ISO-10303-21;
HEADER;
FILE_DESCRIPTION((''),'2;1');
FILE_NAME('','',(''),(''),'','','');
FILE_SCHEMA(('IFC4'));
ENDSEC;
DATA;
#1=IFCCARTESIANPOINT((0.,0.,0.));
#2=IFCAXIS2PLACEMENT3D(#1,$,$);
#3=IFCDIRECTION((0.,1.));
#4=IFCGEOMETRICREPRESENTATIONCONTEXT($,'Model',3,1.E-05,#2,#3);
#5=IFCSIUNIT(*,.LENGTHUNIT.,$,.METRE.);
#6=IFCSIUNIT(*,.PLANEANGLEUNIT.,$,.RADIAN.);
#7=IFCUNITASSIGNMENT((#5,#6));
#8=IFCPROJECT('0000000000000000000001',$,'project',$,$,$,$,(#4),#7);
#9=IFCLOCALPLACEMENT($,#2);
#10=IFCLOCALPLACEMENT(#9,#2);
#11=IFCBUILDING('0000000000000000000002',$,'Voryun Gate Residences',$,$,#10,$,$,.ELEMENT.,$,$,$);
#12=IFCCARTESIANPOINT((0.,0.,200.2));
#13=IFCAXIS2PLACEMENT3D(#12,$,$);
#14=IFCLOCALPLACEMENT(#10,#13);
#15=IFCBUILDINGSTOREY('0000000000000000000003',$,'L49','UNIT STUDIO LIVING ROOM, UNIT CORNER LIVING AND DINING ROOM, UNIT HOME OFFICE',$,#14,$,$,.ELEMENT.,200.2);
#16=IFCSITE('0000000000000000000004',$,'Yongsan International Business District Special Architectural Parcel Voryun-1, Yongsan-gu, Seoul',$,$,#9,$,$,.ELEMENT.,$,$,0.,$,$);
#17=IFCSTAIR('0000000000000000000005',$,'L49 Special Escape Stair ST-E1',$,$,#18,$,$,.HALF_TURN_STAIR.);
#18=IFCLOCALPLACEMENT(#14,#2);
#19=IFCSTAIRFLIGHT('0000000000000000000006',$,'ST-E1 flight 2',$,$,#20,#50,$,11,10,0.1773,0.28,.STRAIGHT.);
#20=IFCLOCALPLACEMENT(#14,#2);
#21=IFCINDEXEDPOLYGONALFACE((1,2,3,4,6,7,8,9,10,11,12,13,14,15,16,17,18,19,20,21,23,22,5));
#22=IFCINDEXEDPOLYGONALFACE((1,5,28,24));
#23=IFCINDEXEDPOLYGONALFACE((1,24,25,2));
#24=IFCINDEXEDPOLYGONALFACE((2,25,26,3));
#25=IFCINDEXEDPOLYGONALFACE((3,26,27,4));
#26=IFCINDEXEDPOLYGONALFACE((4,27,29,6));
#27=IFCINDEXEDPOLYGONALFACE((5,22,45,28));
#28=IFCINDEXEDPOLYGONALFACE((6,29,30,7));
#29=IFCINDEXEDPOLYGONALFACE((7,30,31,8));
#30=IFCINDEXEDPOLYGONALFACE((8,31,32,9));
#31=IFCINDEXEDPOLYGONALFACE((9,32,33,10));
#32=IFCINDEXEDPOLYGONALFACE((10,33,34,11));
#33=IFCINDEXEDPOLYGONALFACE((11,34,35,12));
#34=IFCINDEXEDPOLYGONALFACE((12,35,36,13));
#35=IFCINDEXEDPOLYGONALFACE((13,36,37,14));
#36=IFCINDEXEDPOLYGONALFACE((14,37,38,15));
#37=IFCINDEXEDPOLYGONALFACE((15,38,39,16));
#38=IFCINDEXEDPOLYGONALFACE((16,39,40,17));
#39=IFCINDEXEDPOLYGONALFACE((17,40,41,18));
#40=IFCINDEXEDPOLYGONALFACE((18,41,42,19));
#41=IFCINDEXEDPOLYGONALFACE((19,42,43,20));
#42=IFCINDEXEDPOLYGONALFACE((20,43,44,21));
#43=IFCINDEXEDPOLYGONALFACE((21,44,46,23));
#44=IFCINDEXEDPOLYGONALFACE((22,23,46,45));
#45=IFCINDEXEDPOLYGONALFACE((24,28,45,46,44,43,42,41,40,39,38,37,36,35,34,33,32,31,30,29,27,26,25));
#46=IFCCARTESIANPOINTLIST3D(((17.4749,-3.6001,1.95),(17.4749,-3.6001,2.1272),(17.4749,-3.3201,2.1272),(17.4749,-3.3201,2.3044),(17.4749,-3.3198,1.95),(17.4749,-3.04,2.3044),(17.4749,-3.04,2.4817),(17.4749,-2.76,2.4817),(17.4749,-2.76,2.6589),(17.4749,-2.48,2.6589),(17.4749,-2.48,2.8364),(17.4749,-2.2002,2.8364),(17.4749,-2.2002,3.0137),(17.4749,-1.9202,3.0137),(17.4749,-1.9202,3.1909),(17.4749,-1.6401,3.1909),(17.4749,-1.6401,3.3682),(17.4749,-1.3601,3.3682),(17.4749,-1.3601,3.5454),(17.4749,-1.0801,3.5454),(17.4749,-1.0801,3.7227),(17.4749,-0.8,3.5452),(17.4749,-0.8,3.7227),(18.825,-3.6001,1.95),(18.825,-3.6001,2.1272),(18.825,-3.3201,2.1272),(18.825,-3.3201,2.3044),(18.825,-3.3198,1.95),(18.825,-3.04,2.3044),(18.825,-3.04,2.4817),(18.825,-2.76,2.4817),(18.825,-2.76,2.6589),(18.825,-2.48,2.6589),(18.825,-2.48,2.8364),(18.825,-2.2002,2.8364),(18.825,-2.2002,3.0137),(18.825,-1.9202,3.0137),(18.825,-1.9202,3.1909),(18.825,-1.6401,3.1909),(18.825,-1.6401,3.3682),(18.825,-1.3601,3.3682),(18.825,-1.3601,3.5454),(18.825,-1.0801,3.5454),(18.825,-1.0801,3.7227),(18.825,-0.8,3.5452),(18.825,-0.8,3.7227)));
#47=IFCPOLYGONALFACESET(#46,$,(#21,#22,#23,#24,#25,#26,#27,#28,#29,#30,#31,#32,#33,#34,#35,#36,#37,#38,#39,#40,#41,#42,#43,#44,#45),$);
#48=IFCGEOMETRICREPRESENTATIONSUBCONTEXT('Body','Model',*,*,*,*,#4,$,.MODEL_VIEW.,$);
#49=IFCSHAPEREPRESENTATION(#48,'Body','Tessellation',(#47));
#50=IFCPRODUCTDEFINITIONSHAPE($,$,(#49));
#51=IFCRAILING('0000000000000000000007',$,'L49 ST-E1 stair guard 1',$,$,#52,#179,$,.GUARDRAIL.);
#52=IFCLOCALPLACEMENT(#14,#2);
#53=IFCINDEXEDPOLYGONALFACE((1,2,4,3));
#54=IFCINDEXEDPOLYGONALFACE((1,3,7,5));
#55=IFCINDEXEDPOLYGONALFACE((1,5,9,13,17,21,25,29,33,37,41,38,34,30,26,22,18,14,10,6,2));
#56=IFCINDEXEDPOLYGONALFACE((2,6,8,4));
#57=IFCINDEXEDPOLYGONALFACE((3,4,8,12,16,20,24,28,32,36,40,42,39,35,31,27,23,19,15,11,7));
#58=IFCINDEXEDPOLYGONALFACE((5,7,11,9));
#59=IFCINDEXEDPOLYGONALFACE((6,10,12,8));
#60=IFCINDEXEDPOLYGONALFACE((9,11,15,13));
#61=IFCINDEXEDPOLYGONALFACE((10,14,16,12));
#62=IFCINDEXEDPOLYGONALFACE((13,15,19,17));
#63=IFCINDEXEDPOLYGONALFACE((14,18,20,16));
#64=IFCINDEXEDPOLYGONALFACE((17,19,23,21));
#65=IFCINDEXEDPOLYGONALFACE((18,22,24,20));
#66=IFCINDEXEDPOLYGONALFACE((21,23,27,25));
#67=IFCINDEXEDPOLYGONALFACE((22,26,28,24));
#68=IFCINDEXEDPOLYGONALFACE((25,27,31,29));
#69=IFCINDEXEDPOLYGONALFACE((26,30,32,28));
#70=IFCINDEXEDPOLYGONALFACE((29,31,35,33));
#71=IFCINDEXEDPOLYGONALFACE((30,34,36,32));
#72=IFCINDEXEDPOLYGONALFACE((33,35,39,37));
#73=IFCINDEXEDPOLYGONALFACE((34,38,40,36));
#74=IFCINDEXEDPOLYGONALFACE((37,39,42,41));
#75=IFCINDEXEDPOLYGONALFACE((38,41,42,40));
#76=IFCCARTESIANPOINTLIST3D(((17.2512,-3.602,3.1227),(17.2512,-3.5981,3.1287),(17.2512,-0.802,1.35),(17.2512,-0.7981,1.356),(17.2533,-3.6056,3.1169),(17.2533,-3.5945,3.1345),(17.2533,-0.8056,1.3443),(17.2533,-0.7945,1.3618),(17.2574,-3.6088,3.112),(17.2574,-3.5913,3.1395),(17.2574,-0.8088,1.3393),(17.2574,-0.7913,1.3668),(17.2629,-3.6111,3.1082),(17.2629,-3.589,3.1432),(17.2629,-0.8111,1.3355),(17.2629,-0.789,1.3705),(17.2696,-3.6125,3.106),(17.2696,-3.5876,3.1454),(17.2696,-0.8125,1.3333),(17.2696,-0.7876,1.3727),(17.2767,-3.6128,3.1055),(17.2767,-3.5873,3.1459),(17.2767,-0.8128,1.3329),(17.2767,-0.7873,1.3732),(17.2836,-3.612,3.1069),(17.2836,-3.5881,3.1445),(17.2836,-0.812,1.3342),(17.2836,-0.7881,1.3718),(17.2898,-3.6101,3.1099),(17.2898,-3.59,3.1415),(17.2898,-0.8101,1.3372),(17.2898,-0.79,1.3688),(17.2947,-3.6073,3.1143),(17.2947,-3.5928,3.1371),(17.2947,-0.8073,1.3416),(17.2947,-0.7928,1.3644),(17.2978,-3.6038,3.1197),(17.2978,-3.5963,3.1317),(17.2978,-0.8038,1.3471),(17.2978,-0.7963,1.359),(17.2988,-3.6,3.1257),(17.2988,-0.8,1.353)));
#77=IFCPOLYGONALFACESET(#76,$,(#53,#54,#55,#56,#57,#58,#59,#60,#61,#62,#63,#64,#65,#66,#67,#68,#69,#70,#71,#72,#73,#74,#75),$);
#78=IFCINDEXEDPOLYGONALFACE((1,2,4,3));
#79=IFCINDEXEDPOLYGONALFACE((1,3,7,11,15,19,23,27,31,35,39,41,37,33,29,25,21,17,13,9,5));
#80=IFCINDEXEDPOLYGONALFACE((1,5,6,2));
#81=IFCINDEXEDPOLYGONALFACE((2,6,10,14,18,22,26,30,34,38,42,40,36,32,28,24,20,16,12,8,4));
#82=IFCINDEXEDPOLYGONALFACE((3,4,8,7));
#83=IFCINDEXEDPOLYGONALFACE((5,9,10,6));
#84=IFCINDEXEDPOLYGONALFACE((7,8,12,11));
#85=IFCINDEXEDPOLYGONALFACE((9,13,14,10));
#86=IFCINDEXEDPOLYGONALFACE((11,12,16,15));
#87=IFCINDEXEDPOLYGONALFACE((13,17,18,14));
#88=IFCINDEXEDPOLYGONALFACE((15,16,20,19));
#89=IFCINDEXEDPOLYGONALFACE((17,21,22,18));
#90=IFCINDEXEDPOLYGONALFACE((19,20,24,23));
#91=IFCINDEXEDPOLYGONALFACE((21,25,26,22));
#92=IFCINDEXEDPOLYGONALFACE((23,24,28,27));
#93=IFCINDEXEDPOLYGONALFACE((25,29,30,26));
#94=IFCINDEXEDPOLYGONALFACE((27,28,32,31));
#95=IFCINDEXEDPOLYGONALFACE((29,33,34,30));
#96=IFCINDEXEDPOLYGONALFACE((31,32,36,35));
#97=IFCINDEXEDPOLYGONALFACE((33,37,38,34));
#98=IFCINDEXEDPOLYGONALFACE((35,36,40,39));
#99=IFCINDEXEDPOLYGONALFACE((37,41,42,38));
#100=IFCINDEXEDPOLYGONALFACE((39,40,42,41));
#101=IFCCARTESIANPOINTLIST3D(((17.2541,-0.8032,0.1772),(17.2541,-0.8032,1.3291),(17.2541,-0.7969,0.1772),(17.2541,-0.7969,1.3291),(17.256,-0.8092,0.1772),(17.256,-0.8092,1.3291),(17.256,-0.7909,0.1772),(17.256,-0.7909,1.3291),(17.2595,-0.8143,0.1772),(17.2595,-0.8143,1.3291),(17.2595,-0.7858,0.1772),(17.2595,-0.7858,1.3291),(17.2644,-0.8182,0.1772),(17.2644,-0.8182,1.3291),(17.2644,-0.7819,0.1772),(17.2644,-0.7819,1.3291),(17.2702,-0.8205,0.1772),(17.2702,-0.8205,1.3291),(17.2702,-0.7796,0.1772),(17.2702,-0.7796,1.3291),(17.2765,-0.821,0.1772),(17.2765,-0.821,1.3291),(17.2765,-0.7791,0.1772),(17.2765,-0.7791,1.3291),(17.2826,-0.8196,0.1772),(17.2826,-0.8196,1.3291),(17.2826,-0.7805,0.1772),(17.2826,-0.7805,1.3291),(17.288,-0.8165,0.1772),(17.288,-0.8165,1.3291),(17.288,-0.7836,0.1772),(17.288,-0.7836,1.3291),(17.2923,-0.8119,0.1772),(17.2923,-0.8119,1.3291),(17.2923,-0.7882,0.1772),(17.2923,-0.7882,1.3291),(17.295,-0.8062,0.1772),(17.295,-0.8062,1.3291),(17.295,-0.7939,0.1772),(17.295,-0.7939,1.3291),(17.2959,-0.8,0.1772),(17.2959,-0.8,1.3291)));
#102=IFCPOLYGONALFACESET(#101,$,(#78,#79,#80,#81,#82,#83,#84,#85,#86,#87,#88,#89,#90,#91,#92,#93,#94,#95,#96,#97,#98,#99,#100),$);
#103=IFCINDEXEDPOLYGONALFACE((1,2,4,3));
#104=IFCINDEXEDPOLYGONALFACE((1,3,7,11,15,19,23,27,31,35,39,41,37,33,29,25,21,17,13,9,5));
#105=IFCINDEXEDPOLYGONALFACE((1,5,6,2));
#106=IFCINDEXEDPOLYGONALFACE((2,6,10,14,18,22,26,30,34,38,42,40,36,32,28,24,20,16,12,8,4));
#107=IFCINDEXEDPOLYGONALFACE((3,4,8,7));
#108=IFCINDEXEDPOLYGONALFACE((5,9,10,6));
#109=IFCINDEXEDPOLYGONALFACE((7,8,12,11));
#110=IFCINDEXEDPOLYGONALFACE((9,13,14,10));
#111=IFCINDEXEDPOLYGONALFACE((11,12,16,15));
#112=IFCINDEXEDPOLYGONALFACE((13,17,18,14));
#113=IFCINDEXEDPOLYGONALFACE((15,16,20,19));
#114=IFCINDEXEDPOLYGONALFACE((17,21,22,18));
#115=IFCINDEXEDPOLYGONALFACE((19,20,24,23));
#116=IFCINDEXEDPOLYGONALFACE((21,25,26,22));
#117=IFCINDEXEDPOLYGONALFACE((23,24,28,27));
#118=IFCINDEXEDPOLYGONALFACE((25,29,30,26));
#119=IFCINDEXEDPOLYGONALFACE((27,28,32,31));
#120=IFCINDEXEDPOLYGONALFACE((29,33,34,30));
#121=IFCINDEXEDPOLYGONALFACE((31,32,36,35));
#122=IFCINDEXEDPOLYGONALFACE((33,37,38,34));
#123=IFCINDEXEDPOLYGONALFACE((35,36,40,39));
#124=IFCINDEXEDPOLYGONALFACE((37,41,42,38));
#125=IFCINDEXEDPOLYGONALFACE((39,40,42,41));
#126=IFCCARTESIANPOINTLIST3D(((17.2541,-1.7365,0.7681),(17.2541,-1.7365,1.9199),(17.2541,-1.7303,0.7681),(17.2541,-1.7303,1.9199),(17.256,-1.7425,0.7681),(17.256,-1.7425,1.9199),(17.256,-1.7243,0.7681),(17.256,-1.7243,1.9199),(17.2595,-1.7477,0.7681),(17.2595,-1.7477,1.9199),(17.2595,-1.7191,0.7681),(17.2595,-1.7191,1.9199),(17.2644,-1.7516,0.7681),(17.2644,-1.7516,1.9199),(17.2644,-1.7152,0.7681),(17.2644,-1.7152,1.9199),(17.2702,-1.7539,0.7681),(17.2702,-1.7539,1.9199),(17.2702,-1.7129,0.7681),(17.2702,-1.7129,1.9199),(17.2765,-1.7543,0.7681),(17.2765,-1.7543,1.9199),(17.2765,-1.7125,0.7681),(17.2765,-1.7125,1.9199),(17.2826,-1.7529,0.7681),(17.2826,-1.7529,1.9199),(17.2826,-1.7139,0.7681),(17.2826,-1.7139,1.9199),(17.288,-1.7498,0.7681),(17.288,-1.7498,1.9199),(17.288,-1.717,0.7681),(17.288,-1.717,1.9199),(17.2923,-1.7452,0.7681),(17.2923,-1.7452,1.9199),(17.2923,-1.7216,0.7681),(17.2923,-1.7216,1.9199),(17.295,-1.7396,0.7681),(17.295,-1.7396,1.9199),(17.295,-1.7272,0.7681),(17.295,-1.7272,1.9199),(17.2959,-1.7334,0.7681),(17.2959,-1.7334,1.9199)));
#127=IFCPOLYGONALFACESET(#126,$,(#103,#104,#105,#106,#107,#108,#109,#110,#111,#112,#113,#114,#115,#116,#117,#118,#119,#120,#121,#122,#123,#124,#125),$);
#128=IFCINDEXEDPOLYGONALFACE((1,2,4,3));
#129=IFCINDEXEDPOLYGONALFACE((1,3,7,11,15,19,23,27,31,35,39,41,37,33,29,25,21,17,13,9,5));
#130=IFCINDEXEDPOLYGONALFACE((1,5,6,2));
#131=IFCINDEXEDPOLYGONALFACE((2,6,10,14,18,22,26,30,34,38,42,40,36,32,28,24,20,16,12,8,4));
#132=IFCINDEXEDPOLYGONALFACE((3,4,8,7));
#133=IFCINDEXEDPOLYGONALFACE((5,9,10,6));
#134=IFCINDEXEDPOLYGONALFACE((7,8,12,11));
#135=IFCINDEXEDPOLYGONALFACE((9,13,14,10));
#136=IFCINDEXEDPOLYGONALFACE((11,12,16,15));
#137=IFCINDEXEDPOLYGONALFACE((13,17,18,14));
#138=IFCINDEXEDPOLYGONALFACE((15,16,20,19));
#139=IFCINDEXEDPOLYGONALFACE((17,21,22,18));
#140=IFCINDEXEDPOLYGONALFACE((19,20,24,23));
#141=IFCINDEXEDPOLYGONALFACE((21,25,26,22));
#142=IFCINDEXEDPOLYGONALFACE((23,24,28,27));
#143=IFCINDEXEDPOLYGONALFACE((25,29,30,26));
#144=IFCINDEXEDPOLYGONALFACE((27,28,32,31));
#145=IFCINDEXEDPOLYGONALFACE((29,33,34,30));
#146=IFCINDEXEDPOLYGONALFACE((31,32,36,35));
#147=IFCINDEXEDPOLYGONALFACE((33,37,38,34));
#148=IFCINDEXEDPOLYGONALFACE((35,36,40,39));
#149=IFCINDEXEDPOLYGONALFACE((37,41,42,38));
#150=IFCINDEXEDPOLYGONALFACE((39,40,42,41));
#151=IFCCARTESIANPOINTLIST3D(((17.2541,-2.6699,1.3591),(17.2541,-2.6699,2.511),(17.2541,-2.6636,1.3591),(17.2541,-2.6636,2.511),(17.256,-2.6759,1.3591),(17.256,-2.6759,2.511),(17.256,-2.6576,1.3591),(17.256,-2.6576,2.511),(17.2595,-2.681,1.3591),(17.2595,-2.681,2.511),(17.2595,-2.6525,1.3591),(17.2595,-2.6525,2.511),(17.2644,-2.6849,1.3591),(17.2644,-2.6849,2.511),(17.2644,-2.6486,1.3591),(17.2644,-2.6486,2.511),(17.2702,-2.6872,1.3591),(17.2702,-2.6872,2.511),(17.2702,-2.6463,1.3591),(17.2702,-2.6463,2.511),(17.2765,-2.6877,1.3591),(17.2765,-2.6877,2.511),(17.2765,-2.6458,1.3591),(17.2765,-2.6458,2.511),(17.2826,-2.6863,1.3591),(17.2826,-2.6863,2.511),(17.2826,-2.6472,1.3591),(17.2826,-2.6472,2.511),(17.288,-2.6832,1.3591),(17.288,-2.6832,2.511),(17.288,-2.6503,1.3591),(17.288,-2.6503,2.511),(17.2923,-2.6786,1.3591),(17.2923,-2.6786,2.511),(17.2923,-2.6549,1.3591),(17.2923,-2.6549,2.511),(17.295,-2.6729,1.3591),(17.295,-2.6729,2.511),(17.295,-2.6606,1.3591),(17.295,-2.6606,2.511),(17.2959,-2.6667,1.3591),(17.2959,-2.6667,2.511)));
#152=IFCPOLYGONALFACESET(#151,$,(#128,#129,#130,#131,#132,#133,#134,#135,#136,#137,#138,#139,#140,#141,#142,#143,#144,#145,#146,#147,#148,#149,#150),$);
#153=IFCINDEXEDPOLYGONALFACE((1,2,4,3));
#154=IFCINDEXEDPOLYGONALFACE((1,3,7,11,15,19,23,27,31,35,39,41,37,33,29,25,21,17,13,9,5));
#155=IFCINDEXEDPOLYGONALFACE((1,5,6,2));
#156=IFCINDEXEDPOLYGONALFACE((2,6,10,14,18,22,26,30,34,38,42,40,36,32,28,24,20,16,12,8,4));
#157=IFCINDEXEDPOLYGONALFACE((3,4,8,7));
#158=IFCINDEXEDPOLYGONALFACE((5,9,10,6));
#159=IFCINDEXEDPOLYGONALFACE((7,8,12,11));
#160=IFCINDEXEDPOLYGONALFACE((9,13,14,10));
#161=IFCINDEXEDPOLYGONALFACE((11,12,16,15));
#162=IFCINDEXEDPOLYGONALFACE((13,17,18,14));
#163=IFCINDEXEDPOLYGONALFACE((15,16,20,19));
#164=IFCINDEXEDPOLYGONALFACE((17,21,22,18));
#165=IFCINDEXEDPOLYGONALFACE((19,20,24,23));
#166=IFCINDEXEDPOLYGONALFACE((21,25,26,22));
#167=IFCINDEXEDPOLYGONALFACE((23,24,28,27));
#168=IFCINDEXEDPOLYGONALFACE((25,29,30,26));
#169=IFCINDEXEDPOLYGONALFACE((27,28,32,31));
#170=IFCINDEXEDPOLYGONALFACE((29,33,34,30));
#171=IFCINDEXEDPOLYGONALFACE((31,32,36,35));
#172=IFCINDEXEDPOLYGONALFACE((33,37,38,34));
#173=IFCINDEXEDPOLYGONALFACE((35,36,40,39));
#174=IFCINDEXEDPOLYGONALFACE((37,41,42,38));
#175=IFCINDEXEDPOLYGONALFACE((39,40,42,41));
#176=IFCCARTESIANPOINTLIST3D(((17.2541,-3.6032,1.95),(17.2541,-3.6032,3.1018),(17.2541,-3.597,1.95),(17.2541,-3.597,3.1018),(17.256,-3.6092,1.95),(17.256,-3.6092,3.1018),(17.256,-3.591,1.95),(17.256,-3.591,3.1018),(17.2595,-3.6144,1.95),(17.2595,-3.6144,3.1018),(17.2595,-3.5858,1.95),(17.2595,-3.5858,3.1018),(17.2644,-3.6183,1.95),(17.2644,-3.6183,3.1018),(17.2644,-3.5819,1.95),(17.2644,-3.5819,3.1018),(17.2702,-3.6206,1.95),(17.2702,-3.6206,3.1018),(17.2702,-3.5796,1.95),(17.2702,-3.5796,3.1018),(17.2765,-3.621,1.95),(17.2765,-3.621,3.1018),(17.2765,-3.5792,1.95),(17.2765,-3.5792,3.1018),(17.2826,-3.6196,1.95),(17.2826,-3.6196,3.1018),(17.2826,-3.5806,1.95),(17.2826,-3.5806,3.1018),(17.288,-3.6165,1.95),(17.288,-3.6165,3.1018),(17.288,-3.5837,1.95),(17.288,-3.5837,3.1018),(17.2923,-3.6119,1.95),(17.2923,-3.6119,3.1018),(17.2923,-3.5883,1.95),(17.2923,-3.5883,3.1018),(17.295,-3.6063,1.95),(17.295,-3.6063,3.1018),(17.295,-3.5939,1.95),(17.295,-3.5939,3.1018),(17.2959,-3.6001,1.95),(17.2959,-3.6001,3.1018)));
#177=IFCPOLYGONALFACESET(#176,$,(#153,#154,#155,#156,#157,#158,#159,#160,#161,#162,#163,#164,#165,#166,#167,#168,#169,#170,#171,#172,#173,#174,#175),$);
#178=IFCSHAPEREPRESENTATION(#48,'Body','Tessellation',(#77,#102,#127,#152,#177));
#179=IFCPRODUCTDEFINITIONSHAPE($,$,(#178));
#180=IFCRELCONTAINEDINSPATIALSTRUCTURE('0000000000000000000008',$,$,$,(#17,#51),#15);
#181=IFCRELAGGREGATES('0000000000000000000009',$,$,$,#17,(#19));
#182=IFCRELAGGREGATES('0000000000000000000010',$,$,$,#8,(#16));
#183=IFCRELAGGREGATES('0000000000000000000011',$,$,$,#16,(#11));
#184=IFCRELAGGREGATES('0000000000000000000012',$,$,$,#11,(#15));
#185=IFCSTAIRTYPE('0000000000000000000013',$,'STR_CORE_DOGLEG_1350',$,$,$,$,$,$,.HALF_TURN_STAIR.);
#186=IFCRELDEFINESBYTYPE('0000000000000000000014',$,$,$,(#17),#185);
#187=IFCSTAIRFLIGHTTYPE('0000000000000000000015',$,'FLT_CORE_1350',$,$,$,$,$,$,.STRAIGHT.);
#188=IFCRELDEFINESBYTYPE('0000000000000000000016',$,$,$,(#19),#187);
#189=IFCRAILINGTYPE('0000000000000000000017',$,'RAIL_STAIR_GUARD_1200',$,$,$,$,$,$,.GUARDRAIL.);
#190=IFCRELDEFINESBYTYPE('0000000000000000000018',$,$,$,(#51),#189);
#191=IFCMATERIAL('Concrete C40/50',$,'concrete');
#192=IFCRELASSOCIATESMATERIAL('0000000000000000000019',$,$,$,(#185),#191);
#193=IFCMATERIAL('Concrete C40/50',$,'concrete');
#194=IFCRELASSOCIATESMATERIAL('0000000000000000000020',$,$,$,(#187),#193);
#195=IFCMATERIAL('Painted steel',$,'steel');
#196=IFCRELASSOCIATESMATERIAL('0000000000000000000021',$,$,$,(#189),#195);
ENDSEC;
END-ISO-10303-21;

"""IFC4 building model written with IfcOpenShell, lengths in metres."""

from ifc_helpers import new_model, si_unit, direction, frame, origin, origin_2d, place, context, subcontext, project, spatial, polyline, circle, outline, extrude, material, type_object, element, aggregate, save


model = new_model("IFC4")

# Units and contexts
model_context = context("Model", 3, precision=1e-05, world=origin(), true_north=direction((0.0, 1.0)))
body_context = subcontext(model_context, "Body", "Model", "MODEL_VIEW")
ifc_project = project(units=[si_unit("LENGTHUNIT", "METRE"), si_unit("PLANEANGLEUNIT", "RADIAN")], contexts=[model_context])

# Site, building, storey
site_placement = place(None, origin())
site = spatial("IfcSite", under=ifc_project, at=site_placement, Name="Yongsan International Business District Special Architectural Parcel Voryun-1, Yongsan-gu, Seoul", CompositionType="ELEMENT", RefElevation=0.0)
building_placement = place(site_placement, origin())
building = spatial("IfcBuilding", under=site, at=building_placement, Name="Voryun Gate Residences", CompositionType="ELEMENT")
storey_placement = place(building_placement, frame((0.0, 0.0, 200.2)))
storey = spatial("IfcBuildingStorey", under=building, at=storey_placement, Name="L49", Description="UNIT STUDIO LIVING ROOM, UNIT CORNER LIVING AND DINING ROOM, UNIT HOME OFFICE", CompositionType="ELEMENT", Elevation=200.2)

# Stair, stair flight
ifc_material_1 = material(Name="Concrete C40/50", Category="concrete")
stair_type = type_object("IfcStairType", Name="STR_CORE_DOGLEG_1350", PredefinedType="HALF_TURN_STAIR", material=ifc_material_1)
stair_placement = place(storey_placement, origin())
stair = element("IfcStair", 1, at=stair_placement, inside=storey, type_object=stair_type, Name="L49 Special Escape Stair ST-E1", PredefinedType="HALF_TURN_STAIR")
ifc_material_2 = material(Name="Concrete C40/50", Category="concrete")
stair_flight_type = type_object("IfcStairFlightType", Name="FLT_CORE_1350", PredefinedType="STRAIGHT", material=ifc_material_2)
stair_flight_placement = place(storey_placement, frame((18.1499, -3.6001, 1.95), z_axis=(0.0, 0.0, 1.0), x_axis=(0.0, 1.0, 0.0)))
stair_flight = element("IfcStairFlight", 2, at=stair_flight_placement, type_object=stair_flight_type, Name="ST-E1 flight 2", NumberOfRisers=11, NumberOfTreads=10, PredefinedType="STRAIGHT", RiserHeight=0.1773, TreadLength=0.28, context=body_context, shape_type="SweptSolid", body=[
    extrude(outline(polyline([(0.0, 0.0), (0.0, 0.1772), (0.28, 0.1772), (0.28, 0.3545), (0.5601, 0.3545), (0.5601, 0.5317), (0.8401, 0.5317), (0.8401, 0.709), (1.1201, 0.709), (1.1201, 0.8865), (1.3999, 0.8865), (1.3999, 1.0637), (1.6799, 1.0637), (1.6799, 1.241), (1.96, 1.241), (1.96, 1.4182), (2.24, 1.4182), (2.24, 1.5955), (2.52, 1.5955), (2.52, 1.7727), (2.8, 1.7727), (2.8, 1.95), (2.8, 1.5952), (0.2803, 0.0), (0.0, 0.0)])), frame((0.0, 0.675, 0.0), z_axis=(0.0, -1.0, 0.0), x_axis=(1.0, 0.0, 0.0)), (0.0, 0.0, 1.0), 1.3501),
])
aggregate(stair, [stair_flight])

# Railing
ifc_material_3 = material(Name="Painted steel", Category="steel")
railing_type_1 = type_object("IfcRailingType", Name="RAIL_STAIR_GUARD_1200", PredefinedType="GUARDRAIL", material=ifc_material_3)
railing_1_placement = place(storey_placement, frame((17.2749, -0.8, 0.1772)))
element("IfcRailing", 3, at=railing_1_placement, inside=storey, type_object=railing_type_1, Name="L49 ST-E1 stair guard 1", PredefinedType="GUARDRAIL", context=body_context, shape_type="SweptSolid", body=[
    extrude(circle(Radius=0.0239, at=origin_2d()), frame((0.0, 0.0, 1.1758), z_axis=(0.0, -0.844909, 0.53491), x_axis=(1.0, 0.0, 0.0)), (0.0, 0.0, 1.0), 3.314),
    extrude(circle(Radius=0.021, at=origin_2d()), origin(), (0.0, 0.0, 1.0), 1.1519),
    extrude(circle(Radius=0.021, at=origin_2d()), frame((0.0, -0.9333, 0.5908)), (0.0, 0.0, 1.0), 1.1519),
    extrude(circle(Radius=0.021, at=origin_2d()), frame((0.0, -1.8667, 1.1819)), (0.0, 0.0, 1.0), 1.1519),
    extrude(circle(Radius=0.021, at=origin_2d()), frame((0.0, -2.8, 1.7727)), (0.0, 0.0, 1.0), 1.1519),
])

save(model, "model.ifc")
